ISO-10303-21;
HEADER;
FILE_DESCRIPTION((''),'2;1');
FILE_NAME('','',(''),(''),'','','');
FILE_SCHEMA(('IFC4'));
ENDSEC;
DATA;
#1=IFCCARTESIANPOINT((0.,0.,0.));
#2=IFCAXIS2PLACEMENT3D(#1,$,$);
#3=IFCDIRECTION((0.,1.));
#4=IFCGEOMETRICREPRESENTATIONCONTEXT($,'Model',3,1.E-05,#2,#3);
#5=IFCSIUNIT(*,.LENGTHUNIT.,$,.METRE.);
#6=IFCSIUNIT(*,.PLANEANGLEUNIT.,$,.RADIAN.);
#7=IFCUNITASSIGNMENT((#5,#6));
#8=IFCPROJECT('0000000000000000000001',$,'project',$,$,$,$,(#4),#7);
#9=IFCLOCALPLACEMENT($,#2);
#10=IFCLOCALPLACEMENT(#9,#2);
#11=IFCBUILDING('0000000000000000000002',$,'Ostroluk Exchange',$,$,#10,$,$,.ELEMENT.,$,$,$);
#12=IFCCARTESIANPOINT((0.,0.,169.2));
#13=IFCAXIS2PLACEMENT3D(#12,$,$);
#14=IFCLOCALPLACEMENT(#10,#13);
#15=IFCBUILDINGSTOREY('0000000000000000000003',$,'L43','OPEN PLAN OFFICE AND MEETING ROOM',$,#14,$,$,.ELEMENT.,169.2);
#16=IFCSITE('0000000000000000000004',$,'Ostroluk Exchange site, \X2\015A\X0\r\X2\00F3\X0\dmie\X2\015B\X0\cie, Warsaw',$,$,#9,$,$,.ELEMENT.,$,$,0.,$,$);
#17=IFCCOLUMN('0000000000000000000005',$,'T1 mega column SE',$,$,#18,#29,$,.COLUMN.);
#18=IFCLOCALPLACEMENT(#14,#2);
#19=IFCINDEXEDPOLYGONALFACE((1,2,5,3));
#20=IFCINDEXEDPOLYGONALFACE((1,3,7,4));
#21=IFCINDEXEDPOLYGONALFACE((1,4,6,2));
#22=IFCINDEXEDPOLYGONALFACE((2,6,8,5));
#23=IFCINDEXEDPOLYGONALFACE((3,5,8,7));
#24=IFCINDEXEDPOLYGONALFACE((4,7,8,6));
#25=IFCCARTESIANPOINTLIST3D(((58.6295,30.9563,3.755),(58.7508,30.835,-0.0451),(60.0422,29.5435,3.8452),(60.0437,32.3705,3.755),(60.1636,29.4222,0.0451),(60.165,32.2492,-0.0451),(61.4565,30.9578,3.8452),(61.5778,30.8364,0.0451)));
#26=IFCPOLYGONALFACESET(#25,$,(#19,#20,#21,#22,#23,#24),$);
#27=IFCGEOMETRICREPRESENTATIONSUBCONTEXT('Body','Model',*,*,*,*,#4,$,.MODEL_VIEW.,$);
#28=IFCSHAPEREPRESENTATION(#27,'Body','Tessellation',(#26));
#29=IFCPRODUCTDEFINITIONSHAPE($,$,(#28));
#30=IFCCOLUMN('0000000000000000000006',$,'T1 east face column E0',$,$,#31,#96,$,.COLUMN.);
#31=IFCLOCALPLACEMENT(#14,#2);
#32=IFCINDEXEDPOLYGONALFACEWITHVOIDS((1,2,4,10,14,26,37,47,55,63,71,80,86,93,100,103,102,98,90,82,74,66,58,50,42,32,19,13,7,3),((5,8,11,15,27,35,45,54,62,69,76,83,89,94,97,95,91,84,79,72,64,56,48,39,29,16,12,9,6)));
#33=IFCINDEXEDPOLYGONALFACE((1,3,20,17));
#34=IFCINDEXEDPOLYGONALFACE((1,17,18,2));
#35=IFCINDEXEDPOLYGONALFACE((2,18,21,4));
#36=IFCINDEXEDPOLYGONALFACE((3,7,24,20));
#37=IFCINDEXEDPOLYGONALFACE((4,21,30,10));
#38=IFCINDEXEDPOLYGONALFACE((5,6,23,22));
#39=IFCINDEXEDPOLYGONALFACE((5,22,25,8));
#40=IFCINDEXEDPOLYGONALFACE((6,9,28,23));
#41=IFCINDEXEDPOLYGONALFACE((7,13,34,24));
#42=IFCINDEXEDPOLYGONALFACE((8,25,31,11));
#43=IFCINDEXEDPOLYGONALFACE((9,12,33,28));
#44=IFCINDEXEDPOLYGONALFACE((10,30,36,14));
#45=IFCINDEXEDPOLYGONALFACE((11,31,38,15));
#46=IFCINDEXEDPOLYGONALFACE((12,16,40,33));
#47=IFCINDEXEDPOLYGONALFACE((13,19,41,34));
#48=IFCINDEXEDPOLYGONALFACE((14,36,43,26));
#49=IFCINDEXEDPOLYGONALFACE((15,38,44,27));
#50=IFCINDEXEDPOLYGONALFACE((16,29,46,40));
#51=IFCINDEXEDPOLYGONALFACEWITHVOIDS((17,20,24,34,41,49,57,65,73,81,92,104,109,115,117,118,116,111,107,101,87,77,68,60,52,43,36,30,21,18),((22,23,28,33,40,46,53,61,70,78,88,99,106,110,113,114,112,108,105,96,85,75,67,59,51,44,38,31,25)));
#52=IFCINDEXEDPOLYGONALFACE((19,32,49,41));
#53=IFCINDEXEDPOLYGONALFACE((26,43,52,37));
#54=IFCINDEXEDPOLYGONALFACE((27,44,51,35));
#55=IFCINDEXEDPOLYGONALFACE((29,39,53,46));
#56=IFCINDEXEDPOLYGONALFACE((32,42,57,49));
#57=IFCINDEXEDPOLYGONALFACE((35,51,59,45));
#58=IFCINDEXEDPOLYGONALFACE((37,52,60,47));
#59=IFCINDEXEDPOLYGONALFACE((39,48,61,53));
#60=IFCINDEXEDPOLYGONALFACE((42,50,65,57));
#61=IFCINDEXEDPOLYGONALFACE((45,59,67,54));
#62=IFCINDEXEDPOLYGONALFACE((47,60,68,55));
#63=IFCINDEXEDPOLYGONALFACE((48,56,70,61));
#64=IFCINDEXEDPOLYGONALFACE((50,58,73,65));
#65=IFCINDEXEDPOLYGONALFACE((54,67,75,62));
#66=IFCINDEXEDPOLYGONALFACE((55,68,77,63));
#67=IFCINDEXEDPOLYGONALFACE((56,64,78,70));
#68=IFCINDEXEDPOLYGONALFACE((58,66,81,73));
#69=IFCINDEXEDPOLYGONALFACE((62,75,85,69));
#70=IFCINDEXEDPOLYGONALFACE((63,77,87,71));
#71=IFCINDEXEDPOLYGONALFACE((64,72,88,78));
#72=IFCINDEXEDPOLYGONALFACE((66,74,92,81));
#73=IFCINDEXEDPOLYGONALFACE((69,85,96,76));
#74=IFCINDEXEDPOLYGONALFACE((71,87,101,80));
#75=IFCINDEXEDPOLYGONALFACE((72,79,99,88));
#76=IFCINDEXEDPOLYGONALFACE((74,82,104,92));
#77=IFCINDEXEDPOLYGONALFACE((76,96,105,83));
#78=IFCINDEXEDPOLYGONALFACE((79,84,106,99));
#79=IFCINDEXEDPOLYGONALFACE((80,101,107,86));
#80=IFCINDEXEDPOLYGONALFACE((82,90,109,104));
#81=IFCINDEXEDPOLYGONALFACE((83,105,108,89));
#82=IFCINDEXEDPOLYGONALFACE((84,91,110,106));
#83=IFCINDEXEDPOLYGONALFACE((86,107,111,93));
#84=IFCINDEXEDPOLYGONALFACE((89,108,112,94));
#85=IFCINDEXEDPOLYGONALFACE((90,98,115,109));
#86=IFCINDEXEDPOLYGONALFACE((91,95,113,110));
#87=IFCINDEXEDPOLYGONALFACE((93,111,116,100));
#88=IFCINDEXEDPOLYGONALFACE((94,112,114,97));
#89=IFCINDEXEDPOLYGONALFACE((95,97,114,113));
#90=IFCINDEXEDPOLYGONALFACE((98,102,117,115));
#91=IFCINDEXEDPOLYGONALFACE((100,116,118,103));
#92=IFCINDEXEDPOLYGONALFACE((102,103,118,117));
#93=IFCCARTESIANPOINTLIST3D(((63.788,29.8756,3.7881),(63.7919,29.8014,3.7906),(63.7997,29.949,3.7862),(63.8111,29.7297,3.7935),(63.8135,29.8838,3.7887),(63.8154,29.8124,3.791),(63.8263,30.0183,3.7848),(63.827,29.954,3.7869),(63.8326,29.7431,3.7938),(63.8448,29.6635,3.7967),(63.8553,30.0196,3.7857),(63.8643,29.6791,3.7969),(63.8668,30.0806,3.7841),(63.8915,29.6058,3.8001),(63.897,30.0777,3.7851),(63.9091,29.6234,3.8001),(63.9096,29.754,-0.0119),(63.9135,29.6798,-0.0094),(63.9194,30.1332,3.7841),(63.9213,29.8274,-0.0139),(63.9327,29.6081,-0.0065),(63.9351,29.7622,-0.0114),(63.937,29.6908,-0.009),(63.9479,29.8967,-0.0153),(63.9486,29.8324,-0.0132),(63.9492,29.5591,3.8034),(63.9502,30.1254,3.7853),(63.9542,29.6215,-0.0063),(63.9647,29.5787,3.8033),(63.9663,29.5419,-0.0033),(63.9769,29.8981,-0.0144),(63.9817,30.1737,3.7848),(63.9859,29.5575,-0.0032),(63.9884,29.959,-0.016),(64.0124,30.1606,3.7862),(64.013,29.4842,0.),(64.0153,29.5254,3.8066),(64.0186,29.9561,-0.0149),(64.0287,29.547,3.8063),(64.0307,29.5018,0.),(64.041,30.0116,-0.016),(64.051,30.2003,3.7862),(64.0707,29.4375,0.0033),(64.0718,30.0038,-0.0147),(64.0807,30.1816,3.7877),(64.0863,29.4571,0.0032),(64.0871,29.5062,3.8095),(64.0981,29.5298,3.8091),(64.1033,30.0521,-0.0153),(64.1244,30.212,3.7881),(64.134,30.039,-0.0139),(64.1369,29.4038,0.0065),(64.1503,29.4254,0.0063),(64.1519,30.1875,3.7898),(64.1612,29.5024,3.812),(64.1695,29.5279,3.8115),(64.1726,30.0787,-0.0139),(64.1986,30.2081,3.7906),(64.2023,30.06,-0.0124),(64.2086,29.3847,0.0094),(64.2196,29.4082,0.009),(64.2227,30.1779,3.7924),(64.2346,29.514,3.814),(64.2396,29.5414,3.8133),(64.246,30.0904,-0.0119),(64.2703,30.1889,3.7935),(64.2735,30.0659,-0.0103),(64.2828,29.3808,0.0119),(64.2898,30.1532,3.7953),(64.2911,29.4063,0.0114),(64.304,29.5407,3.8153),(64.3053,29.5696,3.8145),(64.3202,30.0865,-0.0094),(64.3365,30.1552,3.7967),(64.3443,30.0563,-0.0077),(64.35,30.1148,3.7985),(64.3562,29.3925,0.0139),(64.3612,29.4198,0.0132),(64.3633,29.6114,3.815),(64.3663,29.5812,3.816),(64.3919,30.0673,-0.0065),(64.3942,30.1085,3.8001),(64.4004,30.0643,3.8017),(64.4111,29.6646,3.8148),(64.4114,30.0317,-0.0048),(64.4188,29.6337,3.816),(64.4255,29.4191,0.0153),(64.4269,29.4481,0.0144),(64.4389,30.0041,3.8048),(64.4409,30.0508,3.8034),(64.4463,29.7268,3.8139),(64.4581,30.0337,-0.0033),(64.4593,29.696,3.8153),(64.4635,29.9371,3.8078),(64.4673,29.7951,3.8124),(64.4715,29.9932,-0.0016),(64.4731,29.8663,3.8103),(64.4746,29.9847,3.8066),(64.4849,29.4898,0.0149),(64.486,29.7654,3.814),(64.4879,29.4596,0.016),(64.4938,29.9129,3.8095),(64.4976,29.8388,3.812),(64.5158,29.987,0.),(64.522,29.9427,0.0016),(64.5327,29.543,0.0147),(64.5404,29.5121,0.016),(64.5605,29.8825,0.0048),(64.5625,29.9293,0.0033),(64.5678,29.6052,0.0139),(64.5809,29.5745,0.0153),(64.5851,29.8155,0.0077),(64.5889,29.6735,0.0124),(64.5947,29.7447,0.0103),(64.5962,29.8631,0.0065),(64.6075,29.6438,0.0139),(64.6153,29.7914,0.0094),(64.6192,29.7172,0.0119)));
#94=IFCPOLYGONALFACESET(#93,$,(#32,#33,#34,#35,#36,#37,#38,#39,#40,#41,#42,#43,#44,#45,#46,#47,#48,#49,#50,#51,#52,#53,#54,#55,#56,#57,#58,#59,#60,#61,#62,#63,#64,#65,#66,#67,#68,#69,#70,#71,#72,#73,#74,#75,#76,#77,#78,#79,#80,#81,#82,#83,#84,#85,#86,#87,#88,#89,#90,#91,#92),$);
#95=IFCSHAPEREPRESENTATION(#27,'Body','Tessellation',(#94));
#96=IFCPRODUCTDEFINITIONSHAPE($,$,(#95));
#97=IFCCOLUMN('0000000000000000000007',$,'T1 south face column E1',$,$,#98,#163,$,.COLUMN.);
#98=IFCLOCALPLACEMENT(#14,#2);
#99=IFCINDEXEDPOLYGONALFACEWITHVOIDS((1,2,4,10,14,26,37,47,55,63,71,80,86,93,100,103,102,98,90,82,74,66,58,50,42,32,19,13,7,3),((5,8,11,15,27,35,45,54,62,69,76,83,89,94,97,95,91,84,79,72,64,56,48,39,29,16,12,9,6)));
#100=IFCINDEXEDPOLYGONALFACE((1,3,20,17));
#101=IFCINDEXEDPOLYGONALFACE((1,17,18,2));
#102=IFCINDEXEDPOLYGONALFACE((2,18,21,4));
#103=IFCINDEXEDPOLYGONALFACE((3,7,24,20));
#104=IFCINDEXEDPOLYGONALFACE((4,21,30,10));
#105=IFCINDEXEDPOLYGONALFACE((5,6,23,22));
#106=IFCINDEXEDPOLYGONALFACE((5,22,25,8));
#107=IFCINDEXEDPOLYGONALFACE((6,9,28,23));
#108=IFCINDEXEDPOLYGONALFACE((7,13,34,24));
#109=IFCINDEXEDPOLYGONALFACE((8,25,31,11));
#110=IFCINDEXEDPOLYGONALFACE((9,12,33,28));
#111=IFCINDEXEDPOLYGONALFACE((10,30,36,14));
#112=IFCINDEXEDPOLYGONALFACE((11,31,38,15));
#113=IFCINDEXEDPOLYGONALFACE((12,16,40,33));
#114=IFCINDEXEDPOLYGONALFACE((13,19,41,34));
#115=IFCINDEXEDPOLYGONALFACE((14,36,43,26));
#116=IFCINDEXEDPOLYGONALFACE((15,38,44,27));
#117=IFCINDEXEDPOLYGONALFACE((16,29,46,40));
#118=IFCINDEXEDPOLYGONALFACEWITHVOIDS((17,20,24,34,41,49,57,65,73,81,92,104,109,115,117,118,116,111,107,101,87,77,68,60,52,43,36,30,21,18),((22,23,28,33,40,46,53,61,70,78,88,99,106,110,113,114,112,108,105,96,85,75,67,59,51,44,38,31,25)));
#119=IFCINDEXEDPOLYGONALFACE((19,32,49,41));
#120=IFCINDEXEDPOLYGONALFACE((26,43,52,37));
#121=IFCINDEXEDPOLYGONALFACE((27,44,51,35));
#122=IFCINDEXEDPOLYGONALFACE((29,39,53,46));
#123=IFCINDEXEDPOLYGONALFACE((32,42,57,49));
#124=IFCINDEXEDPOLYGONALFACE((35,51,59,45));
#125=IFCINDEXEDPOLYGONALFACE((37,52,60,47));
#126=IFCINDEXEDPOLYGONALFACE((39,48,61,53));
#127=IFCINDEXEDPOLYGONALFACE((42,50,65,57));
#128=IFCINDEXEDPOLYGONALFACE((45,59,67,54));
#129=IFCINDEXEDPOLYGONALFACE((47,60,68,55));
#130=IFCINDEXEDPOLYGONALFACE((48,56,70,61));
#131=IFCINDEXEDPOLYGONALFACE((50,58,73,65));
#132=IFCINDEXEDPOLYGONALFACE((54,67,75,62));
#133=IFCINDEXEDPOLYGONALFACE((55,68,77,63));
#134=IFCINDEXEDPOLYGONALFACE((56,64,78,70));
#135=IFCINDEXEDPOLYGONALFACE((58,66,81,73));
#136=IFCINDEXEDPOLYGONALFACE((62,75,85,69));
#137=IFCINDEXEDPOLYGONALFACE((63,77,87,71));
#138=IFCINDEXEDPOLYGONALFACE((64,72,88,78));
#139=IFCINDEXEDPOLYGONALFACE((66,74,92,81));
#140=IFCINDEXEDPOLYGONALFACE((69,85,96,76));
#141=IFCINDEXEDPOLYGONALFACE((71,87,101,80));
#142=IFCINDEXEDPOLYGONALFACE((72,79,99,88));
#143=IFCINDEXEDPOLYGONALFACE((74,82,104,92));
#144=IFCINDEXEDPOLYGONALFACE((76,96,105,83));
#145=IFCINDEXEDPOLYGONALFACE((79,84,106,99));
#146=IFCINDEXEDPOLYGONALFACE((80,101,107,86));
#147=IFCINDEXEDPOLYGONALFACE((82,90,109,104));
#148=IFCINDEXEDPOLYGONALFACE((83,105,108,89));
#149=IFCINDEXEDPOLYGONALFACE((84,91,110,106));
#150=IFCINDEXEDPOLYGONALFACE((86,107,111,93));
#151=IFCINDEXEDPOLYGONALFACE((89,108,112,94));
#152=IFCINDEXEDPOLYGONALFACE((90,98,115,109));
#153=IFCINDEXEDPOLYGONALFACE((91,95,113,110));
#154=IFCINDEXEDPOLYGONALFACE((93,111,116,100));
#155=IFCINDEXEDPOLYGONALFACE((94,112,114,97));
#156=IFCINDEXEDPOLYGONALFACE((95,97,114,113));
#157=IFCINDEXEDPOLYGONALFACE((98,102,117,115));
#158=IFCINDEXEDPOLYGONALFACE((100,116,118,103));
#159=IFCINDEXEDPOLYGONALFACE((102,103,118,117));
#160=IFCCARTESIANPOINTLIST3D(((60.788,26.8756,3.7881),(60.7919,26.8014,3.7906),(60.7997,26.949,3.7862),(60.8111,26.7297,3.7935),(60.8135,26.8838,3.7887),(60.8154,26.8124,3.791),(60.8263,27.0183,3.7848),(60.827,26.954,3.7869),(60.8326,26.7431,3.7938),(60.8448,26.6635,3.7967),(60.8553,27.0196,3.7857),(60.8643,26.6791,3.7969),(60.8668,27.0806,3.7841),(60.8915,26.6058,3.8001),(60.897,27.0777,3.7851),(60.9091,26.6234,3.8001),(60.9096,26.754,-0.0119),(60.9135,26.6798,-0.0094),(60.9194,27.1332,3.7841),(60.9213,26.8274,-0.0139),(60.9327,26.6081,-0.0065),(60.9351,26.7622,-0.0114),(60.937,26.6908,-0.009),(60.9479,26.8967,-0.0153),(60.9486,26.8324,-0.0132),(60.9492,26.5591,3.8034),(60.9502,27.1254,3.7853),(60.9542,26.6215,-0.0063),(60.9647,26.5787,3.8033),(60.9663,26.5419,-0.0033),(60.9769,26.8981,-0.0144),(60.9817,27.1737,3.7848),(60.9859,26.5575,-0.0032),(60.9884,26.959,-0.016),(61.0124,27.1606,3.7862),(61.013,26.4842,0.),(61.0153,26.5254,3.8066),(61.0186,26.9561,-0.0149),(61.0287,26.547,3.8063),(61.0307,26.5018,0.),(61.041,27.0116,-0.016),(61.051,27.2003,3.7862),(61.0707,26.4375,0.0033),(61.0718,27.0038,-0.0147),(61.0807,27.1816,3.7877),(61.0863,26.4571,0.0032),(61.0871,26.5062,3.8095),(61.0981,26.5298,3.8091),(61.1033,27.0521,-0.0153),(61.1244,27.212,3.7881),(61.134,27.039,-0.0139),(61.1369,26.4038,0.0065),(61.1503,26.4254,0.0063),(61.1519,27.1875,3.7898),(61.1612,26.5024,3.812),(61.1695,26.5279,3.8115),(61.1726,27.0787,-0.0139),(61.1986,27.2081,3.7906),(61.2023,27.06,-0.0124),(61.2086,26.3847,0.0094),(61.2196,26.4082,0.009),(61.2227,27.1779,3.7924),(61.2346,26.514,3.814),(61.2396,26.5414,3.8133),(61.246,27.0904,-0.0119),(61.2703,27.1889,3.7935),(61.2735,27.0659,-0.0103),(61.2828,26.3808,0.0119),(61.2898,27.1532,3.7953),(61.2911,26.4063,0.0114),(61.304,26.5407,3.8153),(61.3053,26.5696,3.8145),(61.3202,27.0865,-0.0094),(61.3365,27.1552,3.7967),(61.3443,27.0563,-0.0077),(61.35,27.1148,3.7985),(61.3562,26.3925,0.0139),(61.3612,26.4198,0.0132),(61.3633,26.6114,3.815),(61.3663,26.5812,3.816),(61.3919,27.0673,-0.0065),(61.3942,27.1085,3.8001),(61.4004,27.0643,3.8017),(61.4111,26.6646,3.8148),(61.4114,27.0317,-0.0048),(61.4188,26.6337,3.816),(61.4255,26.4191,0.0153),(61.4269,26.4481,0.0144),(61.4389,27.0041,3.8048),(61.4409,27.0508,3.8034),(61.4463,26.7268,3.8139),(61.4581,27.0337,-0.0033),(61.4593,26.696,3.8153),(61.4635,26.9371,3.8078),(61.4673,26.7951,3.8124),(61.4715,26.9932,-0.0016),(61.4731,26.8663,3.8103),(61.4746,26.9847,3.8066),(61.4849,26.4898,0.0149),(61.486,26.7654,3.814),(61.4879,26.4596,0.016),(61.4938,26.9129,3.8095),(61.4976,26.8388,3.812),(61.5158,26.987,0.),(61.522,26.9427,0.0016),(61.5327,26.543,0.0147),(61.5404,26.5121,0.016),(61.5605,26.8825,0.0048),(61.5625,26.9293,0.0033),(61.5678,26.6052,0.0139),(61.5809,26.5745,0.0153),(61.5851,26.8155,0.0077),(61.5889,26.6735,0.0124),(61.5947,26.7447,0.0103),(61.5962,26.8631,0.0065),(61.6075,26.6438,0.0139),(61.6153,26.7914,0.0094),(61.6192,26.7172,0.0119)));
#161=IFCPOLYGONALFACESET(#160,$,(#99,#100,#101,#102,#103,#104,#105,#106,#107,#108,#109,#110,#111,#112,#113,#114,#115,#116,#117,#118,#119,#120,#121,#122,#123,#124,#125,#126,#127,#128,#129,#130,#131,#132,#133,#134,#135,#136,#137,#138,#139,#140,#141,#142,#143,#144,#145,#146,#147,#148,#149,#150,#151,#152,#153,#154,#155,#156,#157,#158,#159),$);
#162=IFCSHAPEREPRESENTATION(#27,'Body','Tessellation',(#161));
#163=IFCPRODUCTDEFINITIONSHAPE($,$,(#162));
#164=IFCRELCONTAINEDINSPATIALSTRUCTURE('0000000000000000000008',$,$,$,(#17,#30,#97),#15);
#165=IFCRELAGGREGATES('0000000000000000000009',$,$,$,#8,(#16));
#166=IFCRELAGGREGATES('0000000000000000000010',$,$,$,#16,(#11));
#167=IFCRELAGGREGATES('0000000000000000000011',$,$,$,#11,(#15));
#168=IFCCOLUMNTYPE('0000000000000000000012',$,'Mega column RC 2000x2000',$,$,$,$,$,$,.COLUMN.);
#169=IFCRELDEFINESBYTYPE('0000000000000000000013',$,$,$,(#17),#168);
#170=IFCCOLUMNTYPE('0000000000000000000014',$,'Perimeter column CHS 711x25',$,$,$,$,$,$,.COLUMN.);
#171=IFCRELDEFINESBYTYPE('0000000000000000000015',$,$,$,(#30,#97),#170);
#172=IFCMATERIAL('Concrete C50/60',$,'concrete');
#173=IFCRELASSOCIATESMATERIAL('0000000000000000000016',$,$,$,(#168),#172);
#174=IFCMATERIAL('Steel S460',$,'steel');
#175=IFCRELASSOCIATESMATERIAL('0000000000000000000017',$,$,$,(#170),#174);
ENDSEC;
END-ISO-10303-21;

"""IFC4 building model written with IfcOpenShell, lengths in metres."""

from ifc_helpers import new_model, si_unit, direction, frame, origin, origin_2d, place, context, subcontext, project, spatial, rectangle, hollow_circle, extrude, material, material_profile, profile_set, type_object, element, save


model = new_model("IFC4")

# Units and contexts
model_context = context("Model", 3, precision=1e-05, world=origin(), true_north=direction((0.0, 1.0)))
body_context = subcontext(model_context, "Body", "Model", "MODEL_VIEW")
ifc_project = project(units=[si_unit("LENGTHUNIT", "METRE"), si_unit("PLANEANGLEUNIT", "RADIAN")], contexts=[model_context])

# Site, building, storey
site_placement = place(None, origin())
site = spatial("IfcSite", under=ifc_project, at=site_placement, Name="Ostroluk Exchange site, Śródmieście, Warsaw", CompositionType="ELEMENT", RefElevation=0.0)
building_placement = place(site_placement, origin())
building = spatial("IfcBuilding", under=site, at=building_placement, Name="Ostroluk Exchange", CompositionType="ELEMENT")
storey_placement = place(building_placement, frame((0.0, 0.0, 169.2)))
storey = spatial("IfcBuildingStorey", under=building, at=storey_placement, Name="L43", Description="OPEN PLAN OFFICE AND MEETING ROOM", CompositionType="ELEMENT", Elevation=169.2)

# Columns
ifc_material_1 = material(Name="Concrete C50/60", Category="concrete")
ifc_material_profile_1 = material_profile(ifc_material_1, rectangle(XDim=2.0, YDim=2.0, at=origin_2d()), Name="RC 2000x2000")
ifc_profile_set_1 = profile_set([ifc_material_profile_1], Name="Concrete C50/60")
column_type_1 = type_object("IfcColumnType", Name="Mega column RC 2000x2000", PredefinedType="COLUMN", material=ifc_profile_set_1)
column_placement = place(storey_placement, frame((60.1643, 30.8357, 0.0), z_axis=(-0.031898, 0.031898, 0.998982), x_axis=(-0.707107, -0.707107, 0.0)))
element("IfcColumn", 1, at=column_placement, inside=storey, type_object=column_type_1, Name="T1 mega column SE", PredefinedType="COLUMN", context=body_context, shape_type="SweptSolid", body=[
    extrude(rectangle(XDim=2.0, YDim=2.0, at=origin_2d()), origin(), (0.0, 0.0, 1.0), 3.804),
])
ifc_material_2 = material(Name="Steel S460", Category="steel")
ifc_material_profile_2 = material_profile(ifc_material_2, hollow_circle(Radius=0.3555, WallThickness=0.0249, at=origin_2d()), Name="CHS 711x25")
ifc_profile_set_2 = profile_set([ifc_material_profile_2], Name="Steel S460")
column_type_2 = type_object("IfcColumnType", Name="Perimeter column CHS 711x25", PredefinedType="COLUMN", material=ifc_profile_set_2)
for number, where, z_axis, x_axis, name in (
    (2, (64.2644, 29.7356, 0.0), (-0.031962, 0.031962, 0.998978), (-0.707107, -0.707107, 0.0), "T1 east face column E0"),
    (3, (61.2644, 26.7356, 0.0), (-0.031962, 0.031962, 0.998978), (-0.707107, -0.707107, 0.0), "T1 south face column E1"),
):
    element("IfcColumn", number, at=place(storey_placement, frame(where, z_axis=z_axis, x_axis=x_axis)), inside=storey, type_object=column_type_2, Name=name, PredefinedType="COLUMN", context=body_context, shape_type="SweptSolid", body=[
        extrude(hollow_circle(Radius=0.3555, WallThickness=0.0249, at=origin_2d()), origin(), (0.0, 0.0, 1.0), 3.804),
    ])

save(model, "model.ifc")
